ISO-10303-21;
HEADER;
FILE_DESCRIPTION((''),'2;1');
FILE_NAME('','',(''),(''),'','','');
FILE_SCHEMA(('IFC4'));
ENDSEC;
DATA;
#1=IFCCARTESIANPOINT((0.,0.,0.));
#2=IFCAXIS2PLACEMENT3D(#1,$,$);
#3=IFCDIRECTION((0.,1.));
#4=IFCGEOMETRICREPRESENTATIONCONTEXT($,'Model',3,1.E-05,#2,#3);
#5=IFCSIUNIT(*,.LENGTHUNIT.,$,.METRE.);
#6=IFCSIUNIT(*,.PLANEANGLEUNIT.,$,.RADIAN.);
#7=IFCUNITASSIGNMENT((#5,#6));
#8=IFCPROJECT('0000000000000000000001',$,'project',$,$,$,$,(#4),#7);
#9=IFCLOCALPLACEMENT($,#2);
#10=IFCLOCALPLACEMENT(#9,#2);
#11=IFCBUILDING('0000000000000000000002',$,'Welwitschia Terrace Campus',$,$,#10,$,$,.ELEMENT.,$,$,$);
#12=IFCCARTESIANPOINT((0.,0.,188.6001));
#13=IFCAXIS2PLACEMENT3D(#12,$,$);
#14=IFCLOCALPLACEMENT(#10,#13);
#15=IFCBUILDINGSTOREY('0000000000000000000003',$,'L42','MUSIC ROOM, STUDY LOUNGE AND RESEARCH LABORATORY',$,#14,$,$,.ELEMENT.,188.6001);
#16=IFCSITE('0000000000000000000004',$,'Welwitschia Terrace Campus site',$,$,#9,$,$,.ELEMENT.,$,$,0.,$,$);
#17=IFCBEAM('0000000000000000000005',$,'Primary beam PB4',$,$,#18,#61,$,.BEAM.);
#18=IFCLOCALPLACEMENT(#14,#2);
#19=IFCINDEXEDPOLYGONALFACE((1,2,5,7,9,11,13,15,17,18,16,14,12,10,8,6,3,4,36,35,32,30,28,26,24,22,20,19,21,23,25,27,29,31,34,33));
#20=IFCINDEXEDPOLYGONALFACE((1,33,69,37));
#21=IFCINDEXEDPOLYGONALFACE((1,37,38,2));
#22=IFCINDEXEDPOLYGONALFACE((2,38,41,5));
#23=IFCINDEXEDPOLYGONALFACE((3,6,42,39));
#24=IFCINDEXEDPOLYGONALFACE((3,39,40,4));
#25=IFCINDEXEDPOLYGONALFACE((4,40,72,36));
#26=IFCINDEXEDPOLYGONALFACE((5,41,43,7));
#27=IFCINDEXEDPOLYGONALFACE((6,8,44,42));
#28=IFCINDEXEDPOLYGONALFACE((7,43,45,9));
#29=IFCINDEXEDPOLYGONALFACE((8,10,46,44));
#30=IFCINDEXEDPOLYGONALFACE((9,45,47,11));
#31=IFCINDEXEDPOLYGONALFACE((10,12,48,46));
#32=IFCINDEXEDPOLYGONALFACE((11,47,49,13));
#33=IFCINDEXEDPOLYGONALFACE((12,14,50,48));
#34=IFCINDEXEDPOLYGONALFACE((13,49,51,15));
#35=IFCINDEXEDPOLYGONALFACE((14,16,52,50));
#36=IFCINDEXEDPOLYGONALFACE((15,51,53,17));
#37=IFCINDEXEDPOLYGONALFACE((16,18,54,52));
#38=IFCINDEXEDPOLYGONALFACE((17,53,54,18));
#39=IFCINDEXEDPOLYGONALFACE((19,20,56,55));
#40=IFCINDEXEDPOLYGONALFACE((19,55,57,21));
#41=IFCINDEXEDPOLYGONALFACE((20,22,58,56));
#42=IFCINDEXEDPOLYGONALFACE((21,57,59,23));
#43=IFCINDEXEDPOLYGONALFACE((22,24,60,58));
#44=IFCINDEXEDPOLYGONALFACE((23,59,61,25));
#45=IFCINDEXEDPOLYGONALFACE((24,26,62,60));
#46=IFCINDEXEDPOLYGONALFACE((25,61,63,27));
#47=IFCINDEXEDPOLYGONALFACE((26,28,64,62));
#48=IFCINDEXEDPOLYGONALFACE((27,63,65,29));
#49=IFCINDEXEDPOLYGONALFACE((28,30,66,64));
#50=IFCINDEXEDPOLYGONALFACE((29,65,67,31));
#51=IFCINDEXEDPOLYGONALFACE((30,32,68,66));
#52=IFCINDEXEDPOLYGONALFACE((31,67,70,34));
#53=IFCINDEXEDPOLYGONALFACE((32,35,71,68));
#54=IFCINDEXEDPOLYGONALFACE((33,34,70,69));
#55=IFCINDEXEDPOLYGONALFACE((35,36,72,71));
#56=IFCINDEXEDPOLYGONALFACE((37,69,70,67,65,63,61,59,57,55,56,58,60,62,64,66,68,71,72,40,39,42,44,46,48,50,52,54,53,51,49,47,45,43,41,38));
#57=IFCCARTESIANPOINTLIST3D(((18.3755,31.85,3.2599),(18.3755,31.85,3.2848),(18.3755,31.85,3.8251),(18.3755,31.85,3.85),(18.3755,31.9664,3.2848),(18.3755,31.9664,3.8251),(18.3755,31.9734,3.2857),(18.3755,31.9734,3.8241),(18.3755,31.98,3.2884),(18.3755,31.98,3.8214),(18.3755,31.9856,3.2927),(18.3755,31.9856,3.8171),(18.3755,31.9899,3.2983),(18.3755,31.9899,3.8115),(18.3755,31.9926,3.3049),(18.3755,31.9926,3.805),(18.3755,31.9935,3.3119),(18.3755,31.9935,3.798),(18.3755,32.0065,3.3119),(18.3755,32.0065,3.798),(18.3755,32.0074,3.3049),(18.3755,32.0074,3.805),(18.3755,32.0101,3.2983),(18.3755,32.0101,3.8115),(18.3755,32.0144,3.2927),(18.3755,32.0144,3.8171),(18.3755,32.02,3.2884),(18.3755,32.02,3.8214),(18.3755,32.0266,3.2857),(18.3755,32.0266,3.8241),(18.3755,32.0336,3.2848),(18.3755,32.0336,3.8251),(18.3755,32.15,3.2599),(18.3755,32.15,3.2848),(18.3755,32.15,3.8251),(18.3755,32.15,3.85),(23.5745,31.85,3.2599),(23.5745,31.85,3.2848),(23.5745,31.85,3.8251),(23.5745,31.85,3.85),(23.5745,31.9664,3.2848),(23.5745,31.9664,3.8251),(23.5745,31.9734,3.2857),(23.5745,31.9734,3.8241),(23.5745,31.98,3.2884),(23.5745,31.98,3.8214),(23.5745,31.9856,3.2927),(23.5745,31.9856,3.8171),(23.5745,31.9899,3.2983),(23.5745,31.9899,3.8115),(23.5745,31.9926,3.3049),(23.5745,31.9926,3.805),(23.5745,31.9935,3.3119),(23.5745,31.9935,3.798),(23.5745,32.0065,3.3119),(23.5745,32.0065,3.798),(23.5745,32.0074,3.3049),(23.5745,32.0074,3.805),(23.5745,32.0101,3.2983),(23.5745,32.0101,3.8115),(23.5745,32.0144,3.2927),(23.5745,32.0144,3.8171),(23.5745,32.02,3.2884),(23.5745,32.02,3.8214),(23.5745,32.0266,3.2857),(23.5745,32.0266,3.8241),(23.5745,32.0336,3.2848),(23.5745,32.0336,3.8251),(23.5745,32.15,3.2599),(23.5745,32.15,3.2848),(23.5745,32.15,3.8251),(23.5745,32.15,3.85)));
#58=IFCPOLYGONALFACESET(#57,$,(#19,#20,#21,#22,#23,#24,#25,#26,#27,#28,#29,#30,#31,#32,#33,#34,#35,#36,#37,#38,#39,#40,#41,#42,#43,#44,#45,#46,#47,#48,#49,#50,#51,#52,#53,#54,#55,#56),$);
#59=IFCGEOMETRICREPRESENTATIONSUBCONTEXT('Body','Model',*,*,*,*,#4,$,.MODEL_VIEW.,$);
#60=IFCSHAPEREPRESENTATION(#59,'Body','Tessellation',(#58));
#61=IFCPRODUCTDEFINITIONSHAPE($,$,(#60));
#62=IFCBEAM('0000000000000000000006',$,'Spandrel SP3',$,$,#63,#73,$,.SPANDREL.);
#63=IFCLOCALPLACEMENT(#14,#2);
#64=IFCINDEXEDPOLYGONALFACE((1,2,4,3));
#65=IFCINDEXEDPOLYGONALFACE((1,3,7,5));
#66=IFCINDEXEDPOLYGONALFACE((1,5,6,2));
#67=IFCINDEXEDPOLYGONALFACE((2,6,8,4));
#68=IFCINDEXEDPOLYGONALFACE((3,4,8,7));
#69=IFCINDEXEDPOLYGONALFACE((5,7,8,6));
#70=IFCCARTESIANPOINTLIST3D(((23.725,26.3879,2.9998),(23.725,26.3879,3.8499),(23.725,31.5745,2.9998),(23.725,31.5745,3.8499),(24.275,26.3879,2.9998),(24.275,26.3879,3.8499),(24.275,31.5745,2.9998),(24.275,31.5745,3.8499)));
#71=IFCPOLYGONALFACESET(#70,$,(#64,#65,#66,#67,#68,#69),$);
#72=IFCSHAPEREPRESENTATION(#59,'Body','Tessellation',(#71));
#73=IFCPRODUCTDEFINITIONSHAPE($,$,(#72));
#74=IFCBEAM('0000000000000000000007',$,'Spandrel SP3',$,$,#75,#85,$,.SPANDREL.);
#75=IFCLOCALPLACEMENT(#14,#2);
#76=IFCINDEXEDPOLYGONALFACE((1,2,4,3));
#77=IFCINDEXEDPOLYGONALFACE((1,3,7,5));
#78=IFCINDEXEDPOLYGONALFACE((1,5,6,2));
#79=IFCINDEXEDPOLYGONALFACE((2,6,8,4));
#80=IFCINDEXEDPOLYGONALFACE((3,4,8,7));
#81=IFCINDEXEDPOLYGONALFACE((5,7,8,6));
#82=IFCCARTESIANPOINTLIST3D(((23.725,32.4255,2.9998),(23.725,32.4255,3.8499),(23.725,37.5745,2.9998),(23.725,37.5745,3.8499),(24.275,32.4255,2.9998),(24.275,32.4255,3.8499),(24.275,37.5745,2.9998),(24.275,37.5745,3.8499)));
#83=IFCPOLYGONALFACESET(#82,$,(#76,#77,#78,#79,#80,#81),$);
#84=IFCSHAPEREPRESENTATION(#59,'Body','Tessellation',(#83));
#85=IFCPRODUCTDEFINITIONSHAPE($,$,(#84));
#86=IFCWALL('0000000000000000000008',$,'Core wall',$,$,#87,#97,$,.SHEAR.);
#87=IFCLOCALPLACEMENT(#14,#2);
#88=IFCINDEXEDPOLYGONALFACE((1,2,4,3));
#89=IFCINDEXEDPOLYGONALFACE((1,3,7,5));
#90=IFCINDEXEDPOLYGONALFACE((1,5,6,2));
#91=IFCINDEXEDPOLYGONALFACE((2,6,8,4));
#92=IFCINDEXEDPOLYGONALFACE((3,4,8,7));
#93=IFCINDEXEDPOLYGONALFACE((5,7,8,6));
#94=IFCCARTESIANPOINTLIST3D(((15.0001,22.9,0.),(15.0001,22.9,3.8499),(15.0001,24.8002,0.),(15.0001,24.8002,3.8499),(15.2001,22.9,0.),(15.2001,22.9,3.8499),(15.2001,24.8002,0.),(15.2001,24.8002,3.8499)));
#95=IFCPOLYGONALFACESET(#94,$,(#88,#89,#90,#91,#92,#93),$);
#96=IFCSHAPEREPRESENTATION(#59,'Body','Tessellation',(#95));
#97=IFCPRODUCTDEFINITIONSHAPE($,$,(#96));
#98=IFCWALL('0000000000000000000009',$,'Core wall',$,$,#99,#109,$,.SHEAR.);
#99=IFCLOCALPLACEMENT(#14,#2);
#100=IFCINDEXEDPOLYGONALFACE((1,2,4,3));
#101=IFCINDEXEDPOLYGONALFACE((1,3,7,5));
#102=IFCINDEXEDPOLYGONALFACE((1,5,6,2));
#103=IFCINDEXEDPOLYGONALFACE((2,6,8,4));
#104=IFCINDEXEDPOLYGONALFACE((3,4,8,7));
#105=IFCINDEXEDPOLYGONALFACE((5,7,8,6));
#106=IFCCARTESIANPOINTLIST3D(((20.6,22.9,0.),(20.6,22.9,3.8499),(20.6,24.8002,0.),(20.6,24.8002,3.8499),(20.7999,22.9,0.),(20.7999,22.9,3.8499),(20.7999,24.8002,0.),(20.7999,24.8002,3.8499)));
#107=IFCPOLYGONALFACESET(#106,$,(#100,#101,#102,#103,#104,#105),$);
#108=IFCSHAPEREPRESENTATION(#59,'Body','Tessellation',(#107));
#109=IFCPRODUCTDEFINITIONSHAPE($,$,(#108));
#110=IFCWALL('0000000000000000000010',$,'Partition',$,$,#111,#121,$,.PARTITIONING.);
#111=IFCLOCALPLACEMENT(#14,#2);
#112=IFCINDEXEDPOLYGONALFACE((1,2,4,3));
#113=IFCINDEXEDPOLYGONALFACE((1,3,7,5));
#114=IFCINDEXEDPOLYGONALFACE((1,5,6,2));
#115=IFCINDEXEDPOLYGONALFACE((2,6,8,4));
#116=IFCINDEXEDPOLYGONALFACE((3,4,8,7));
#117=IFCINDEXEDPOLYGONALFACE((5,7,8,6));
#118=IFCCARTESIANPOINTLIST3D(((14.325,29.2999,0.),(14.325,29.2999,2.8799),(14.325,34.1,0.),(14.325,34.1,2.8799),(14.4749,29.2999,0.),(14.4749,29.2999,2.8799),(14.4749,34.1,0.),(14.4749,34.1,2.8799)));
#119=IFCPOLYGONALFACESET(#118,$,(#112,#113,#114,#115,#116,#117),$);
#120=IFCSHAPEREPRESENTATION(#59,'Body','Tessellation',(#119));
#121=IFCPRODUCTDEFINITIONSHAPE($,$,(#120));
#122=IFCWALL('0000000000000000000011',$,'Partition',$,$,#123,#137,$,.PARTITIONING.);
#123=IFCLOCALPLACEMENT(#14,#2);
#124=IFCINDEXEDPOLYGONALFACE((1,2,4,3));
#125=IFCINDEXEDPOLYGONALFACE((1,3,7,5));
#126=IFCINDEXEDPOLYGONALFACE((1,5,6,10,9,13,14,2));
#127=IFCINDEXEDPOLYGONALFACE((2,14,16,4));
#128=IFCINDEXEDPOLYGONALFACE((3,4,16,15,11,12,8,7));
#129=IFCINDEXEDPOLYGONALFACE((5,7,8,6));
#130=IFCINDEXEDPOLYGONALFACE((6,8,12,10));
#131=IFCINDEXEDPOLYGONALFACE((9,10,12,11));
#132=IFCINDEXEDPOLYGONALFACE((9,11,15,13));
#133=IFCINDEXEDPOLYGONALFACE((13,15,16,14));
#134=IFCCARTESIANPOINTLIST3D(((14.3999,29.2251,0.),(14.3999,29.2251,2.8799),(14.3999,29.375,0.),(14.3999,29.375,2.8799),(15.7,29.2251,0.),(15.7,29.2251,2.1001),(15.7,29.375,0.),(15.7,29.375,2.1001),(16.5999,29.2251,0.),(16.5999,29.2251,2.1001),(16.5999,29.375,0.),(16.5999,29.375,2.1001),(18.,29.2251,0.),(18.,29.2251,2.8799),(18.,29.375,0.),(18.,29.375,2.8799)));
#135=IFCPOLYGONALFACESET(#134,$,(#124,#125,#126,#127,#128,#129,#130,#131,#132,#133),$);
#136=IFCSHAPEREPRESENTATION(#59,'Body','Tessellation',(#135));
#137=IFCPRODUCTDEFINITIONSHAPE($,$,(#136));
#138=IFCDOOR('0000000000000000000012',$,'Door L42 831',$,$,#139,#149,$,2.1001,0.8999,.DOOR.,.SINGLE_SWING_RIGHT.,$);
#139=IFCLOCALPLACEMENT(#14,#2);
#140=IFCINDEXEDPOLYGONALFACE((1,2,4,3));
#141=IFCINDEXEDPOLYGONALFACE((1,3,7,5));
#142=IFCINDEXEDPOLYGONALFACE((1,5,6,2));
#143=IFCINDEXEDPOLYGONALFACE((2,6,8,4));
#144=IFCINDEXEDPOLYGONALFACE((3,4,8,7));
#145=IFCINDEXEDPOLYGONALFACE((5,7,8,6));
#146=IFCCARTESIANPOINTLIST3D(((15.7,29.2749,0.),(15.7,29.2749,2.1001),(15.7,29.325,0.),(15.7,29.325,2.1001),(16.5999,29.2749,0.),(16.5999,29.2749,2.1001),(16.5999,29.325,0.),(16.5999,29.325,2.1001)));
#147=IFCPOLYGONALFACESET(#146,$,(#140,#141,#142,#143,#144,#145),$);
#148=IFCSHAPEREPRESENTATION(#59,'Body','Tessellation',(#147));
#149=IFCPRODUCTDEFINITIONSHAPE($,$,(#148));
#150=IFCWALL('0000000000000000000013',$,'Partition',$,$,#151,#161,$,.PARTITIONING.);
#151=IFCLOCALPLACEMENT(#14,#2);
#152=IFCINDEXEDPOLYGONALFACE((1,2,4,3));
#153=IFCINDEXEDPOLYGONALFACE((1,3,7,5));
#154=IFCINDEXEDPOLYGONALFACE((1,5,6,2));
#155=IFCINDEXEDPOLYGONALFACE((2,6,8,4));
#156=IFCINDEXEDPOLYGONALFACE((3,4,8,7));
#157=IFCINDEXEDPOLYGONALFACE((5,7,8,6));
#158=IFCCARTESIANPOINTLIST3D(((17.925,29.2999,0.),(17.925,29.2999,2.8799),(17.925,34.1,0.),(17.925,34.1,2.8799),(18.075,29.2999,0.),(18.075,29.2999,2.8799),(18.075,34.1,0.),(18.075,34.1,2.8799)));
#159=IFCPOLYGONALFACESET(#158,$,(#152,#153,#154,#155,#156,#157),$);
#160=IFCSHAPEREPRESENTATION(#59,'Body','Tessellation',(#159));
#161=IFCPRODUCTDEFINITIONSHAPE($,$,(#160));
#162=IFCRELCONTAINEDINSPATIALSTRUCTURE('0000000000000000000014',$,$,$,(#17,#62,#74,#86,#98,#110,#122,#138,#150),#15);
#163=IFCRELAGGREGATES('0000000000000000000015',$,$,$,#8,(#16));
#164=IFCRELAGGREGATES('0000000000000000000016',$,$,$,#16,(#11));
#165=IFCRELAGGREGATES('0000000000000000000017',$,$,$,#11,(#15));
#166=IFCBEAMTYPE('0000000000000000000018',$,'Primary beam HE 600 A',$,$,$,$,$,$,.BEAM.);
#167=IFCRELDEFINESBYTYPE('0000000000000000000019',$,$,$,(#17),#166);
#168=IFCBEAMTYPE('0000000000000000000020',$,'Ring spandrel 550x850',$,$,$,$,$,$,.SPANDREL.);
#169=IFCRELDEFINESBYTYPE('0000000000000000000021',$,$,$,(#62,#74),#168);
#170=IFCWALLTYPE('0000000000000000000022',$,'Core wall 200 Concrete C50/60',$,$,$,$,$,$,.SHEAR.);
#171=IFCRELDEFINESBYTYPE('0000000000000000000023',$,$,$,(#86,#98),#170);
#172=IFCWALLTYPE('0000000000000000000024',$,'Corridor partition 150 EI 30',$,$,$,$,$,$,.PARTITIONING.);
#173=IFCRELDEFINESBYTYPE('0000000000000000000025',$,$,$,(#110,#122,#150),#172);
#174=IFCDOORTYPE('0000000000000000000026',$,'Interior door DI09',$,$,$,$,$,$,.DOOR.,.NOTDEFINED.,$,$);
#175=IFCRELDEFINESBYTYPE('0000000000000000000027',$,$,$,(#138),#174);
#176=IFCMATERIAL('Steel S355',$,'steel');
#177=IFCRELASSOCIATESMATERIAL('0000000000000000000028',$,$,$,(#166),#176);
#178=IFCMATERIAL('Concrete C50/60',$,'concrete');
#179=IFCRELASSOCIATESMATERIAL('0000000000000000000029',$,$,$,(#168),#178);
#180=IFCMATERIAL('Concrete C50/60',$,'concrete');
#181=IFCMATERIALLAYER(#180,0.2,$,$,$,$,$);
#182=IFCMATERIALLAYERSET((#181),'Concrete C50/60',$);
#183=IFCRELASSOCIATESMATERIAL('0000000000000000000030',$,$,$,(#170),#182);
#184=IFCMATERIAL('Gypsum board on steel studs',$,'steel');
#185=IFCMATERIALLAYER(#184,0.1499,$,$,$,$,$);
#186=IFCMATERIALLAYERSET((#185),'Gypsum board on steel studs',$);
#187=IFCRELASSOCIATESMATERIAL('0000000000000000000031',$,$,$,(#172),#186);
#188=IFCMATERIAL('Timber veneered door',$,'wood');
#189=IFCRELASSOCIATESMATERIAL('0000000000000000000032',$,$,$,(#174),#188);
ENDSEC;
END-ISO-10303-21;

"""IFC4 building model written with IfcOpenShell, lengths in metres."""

from ifc_helpers import new_model, si_unit, direction, frame, frame_2d, origin, origin_2d, place, context, subcontext, project, spatial, rectangle, i_section, extrude, material, layer, layer_set, material_profile, profile_set, type_object, element, fill, save


model = new_model("IFC4")

# Units and contexts
model_context = context("Model", 3, precision=1e-05, world=origin(), true_north=direction((0.0, 1.0)))
body_context = subcontext(model_context, "Body", "Model", "MODEL_VIEW")
ifc_project = project(units=[si_unit("LENGTHUNIT", "METRE"), si_unit("PLANEANGLEUNIT", "RADIAN")], contexts=[model_context])

# Site, building, storey
site_placement = place(None, origin())
site = spatial("IfcSite", under=ifc_project, at=site_placement, Name="Welwitschia Terrace Campus site", CompositionType="ELEMENT", RefElevation=0.0)
building_placement = place(site_placement, origin())
building = spatial("IfcBuilding", under=site, at=building_placement, Name="Welwitschia Terrace Campus", CompositionType="ELEMENT")
storey_placement = place(building_placement, frame((0.0, 0.0, 188.6001)))
storey = spatial("IfcBuildingStorey", under=building, at=storey_placement, Name="L42", Description="MUSIC ROOM, STUDY LOUNGE AND RESEARCH LABORATORY", CompositionType="ELEMENT", Elevation=188.6001)

# Beams
ifc_material_1 = material(Name="Steel S355", Category="steel")
ifc_material_profile_1 = material_profile(ifc_material_1, i_section(OverallWidth=0.3, OverallDepth=0.5901, WebThickness=0.0129, FlangeThickness=0.0249, FilletRadius=0.0271, at=origin_2d()))
ifc_profile_set_1 = profile_set([ifc_material_profile_1], Name="Steel S355")
beam_type_1 = type_object("IfcBeamType", Name="Primary beam HE 600 A", PredefinedType="BEAM", material=ifc_profile_set_1)
beam_1_placement = place(storey_placement, frame((23.5745, 32.0, 3.5549), z_axis=(-1.0, 0.0, 0.0), x_axis=(0.0, -1.0, 0.0)))
element("IfcBeam", 1, at=beam_1_placement, inside=storey, type_object=beam_type_1, Name="Primary beam PB4", PredefinedType="BEAM", context=body_context, shape_type="SweptSolid", body=[
    extrude(i_section(OverallWidth=0.3, OverallDepth=0.5901, WebThickness=0.0129, FlangeThickness=0.0249, FilletRadius=0.0271, at=origin_2d()), origin(), (0.0, 0.0, 1.0), 5.199),
])
ifc_material_2 = material(Name="Concrete C50/60", Category="concrete")
ifc_material_profile_2 = material_profile(ifc_material_2, rectangle(XDim=0.55, YDim=0.8501, at=origin_2d()))
ifc_profile_set_2 = profile_set([ifc_material_profile_2], Name="Concrete C50/60")
beam_type_2 = type_object("IfcBeamType", Name="Ring spandrel 550x850", PredefinedType="SPANDREL", material=ifc_profile_set_2)
beam_2_placement = place(storey_placement, frame((24.0, 26.3879, 3.4248), z_axis=(0.0, 1.0, 0.0), x_axis=(-1.0, 0.0, 0.0)))
element("IfcBeam", 2, at=beam_2_placement, inside=storey, type_object=beam_type_2, Name="Spandrel SP3", PredefinedType="SPANDREL", context=body_context, shape_type="SweptSolid", body=[
    extrude(rectangle(XDim=0.55, YDim=0.8501, at=origin_2d()), origin(), (0.0, 0.0, 1.0), 5.1865),
])
beam_3_placement = place(storey_placement, frame((24.0, 32.4255, 3.4248), z_axis=(0.0, 1.0, 0.0), x_axis=(-1.0, 0.0, 0.0)))
element("IfcBeam", 3, at=beam_3_placement, inside=storey, type_object=beam_type_2, Name="Spandrel SP3", PredefinedType="SPANDREL", context=body_context, shape_type="SweptSolid", body=[
    extrude(rectangle(XDim=0.55, YDim=0.8501, at=origin_2d()), origin(), (0.0, 0.0, 1.0), 5.1489),
])

# Walls
ifc_material_3 = material(Name="Concrete C50/60", Category="concrete")
ifc_layer_1 = layer(ifc_material_3, 0.2)
ifc_layer_set_1 = layer_set([ifc_layer_1], Name="Concrete C50/60")
wall_type_1 = type_object("IfcWallType", Name="Core wall 200 Concrete C50/60", PredefinedType="SHEAR", material=ifc_layer_set_1)
for number, where, z_axis, x_axis, name in (
    (4, (15.1001, 22.8999, 0.0), (0.0, 0.0, 1.0), (0.0, 1.0, 0.0), "Core wall"),
    (5, (20.7, 22.8999, 0.0), (0.0, 0.0, 1.0), (0.0, 1.0, 0.0), "Core wall"),
):
    element("IfcWall", number, at=place(storey_placement, frame(where, z_axis=z_axis, x_axis=x_axis)), inside=storey, type_object=wall_type_1, Name=name, PredefinedType="SHEAR", context=body_context, shape_type="SweptSolid", body=[
        extrude(rectangle(XDim=1.9001, YDim=0.2, at=frame_2d((0.9502, 0.0))), origin(), (0.0, 0.0, 1.0), 3.8499),
    ])
ifc_material_4 = material(Name="Gypsum board on steel studs", Category="steel")
ifc_layer_2 = layer(ifc_material_4, 0.1499)
ifc_layer_set_2 = layer_set([ifc_layer_2], Name="Gypsum board on steel studs")
wall_type_2 = type_object("IfcWallType", Name="Corridor partition 150 EI 30", PredefinedType="PARTITIONING", material=ifc_layer_set_2)
wall_1_placement = place(storey_placement, frame((14.3999, 29.3, 0.0), z_axis=(0.0, 0.0, 1.0), x_axis=(0.0, 1.0, 0.0)))
element("IfcWall", 6, at=wall_1_placement, inside=storey, type_object=wall_type_2, Name="Partition", PredefinedType="PARTITIONING", context=body_context, shape_type="SweptSolid", body=[
    extrude(rectangle(XDim=4.8, YDim=0.1499, at=frame_2d((2.3999, 0.0))), origin(), (0.0, 0.0, 1.0), 2.8799),
])

# Wall, opening, door
wall_2_placement = place(storey_placement, frame((14.3999, 29.3, 0.0), z_axis=(0.0, 0.0, 1.0), x_axis=(1.0, 0.0, 0.0)))
wall_2 = element("IfcWall", 7, at=wall_2_placement, inside=storey, type_object=wall_type_2, Name="Partition", PredefinedType="PARTITIONING", context=body_context, shape_type="SweptSolid", body=[
    extrude(rectangle(XDim=3.6001, YDim=0.1499, at=frame_2d((1.8, 0.0))), origin(), (0.0, 0.0, 1.0), 2.8799),
])
opening_1_placement = place(wall_2_placement, frame((1.3, 0.0, 0.0)))
opening_1 = element("IfcOpeningElement", 8, at=opening_1_placement, cuts=wall_2, PredefinedType="OPENING", context=body_context, shape_type="SweptSolid", body=[
    extrude(rectangle(XDim=0.8999, YDim=2.1001, at=frame_2d((0.45, 1.05))), frame((0.0, 0.085, 0.0), z_axis=(0.0, -1.0, 0.0), x_axis=(1.0, 0.0, 0.0)), (0.0, 0.0, 1.0), 0.1699),
])
ifc_material_5 = material(Name="Timber veneered door", Category="wood")
door_type = type_object("IfcDoorType", Name="Interior door DI09", OperationType="NOTDEFINED", PredefinedType="DOOR", material=ifc_material_5)
door_1_placement = place(opening_1_placement, origin())
door_1 = element("IfcDoor", 9, at=door_1_placement, inside=storey, type_object=door_type, Name="Door L42 831", OperationType="SINGLE_SWING_RIGHT", OverallHeight=2.1001, OverallWidth=0.8999, PredefinedType="DOOR", context=body_context, shape_type="SweptSolid", body=[
    extrude(rectangle(XDim=0.8999, YDim=2.1001, at=frame_2d((0.45, 1.05))), frame((0.0, 0.0249, 0.0), z_axis=(0.0, -1.0, 0.0), x_axis=(1.0, 0.0, 0.0)), (0.0, 0.0, 1.0), 0.05),
])
fill(opening_1, door_1)

# Wall
wall_3_placement = place(storey_placement, frame((18.0, 29.3, 0.0), z_axis=(0.0, 0.0, 1.0), x_axis=(0.0, 1.0, 0.0)))
element("IfcWall", 10, at=wall_3_placement, inside=storey, type_object=wall_type_2, Name="Partition", PredefinedType="PARTITIONING", context=body_context, shape_type="SweptSolid", body=[
    extrude(rectangle(XDim=4.8, YDim=0.1499, at=frame_2d((2.3999, 0.0))), origin(), (0.0, 0.0, 1.0), 2.8799),
])

save(model, "model.ifc")
